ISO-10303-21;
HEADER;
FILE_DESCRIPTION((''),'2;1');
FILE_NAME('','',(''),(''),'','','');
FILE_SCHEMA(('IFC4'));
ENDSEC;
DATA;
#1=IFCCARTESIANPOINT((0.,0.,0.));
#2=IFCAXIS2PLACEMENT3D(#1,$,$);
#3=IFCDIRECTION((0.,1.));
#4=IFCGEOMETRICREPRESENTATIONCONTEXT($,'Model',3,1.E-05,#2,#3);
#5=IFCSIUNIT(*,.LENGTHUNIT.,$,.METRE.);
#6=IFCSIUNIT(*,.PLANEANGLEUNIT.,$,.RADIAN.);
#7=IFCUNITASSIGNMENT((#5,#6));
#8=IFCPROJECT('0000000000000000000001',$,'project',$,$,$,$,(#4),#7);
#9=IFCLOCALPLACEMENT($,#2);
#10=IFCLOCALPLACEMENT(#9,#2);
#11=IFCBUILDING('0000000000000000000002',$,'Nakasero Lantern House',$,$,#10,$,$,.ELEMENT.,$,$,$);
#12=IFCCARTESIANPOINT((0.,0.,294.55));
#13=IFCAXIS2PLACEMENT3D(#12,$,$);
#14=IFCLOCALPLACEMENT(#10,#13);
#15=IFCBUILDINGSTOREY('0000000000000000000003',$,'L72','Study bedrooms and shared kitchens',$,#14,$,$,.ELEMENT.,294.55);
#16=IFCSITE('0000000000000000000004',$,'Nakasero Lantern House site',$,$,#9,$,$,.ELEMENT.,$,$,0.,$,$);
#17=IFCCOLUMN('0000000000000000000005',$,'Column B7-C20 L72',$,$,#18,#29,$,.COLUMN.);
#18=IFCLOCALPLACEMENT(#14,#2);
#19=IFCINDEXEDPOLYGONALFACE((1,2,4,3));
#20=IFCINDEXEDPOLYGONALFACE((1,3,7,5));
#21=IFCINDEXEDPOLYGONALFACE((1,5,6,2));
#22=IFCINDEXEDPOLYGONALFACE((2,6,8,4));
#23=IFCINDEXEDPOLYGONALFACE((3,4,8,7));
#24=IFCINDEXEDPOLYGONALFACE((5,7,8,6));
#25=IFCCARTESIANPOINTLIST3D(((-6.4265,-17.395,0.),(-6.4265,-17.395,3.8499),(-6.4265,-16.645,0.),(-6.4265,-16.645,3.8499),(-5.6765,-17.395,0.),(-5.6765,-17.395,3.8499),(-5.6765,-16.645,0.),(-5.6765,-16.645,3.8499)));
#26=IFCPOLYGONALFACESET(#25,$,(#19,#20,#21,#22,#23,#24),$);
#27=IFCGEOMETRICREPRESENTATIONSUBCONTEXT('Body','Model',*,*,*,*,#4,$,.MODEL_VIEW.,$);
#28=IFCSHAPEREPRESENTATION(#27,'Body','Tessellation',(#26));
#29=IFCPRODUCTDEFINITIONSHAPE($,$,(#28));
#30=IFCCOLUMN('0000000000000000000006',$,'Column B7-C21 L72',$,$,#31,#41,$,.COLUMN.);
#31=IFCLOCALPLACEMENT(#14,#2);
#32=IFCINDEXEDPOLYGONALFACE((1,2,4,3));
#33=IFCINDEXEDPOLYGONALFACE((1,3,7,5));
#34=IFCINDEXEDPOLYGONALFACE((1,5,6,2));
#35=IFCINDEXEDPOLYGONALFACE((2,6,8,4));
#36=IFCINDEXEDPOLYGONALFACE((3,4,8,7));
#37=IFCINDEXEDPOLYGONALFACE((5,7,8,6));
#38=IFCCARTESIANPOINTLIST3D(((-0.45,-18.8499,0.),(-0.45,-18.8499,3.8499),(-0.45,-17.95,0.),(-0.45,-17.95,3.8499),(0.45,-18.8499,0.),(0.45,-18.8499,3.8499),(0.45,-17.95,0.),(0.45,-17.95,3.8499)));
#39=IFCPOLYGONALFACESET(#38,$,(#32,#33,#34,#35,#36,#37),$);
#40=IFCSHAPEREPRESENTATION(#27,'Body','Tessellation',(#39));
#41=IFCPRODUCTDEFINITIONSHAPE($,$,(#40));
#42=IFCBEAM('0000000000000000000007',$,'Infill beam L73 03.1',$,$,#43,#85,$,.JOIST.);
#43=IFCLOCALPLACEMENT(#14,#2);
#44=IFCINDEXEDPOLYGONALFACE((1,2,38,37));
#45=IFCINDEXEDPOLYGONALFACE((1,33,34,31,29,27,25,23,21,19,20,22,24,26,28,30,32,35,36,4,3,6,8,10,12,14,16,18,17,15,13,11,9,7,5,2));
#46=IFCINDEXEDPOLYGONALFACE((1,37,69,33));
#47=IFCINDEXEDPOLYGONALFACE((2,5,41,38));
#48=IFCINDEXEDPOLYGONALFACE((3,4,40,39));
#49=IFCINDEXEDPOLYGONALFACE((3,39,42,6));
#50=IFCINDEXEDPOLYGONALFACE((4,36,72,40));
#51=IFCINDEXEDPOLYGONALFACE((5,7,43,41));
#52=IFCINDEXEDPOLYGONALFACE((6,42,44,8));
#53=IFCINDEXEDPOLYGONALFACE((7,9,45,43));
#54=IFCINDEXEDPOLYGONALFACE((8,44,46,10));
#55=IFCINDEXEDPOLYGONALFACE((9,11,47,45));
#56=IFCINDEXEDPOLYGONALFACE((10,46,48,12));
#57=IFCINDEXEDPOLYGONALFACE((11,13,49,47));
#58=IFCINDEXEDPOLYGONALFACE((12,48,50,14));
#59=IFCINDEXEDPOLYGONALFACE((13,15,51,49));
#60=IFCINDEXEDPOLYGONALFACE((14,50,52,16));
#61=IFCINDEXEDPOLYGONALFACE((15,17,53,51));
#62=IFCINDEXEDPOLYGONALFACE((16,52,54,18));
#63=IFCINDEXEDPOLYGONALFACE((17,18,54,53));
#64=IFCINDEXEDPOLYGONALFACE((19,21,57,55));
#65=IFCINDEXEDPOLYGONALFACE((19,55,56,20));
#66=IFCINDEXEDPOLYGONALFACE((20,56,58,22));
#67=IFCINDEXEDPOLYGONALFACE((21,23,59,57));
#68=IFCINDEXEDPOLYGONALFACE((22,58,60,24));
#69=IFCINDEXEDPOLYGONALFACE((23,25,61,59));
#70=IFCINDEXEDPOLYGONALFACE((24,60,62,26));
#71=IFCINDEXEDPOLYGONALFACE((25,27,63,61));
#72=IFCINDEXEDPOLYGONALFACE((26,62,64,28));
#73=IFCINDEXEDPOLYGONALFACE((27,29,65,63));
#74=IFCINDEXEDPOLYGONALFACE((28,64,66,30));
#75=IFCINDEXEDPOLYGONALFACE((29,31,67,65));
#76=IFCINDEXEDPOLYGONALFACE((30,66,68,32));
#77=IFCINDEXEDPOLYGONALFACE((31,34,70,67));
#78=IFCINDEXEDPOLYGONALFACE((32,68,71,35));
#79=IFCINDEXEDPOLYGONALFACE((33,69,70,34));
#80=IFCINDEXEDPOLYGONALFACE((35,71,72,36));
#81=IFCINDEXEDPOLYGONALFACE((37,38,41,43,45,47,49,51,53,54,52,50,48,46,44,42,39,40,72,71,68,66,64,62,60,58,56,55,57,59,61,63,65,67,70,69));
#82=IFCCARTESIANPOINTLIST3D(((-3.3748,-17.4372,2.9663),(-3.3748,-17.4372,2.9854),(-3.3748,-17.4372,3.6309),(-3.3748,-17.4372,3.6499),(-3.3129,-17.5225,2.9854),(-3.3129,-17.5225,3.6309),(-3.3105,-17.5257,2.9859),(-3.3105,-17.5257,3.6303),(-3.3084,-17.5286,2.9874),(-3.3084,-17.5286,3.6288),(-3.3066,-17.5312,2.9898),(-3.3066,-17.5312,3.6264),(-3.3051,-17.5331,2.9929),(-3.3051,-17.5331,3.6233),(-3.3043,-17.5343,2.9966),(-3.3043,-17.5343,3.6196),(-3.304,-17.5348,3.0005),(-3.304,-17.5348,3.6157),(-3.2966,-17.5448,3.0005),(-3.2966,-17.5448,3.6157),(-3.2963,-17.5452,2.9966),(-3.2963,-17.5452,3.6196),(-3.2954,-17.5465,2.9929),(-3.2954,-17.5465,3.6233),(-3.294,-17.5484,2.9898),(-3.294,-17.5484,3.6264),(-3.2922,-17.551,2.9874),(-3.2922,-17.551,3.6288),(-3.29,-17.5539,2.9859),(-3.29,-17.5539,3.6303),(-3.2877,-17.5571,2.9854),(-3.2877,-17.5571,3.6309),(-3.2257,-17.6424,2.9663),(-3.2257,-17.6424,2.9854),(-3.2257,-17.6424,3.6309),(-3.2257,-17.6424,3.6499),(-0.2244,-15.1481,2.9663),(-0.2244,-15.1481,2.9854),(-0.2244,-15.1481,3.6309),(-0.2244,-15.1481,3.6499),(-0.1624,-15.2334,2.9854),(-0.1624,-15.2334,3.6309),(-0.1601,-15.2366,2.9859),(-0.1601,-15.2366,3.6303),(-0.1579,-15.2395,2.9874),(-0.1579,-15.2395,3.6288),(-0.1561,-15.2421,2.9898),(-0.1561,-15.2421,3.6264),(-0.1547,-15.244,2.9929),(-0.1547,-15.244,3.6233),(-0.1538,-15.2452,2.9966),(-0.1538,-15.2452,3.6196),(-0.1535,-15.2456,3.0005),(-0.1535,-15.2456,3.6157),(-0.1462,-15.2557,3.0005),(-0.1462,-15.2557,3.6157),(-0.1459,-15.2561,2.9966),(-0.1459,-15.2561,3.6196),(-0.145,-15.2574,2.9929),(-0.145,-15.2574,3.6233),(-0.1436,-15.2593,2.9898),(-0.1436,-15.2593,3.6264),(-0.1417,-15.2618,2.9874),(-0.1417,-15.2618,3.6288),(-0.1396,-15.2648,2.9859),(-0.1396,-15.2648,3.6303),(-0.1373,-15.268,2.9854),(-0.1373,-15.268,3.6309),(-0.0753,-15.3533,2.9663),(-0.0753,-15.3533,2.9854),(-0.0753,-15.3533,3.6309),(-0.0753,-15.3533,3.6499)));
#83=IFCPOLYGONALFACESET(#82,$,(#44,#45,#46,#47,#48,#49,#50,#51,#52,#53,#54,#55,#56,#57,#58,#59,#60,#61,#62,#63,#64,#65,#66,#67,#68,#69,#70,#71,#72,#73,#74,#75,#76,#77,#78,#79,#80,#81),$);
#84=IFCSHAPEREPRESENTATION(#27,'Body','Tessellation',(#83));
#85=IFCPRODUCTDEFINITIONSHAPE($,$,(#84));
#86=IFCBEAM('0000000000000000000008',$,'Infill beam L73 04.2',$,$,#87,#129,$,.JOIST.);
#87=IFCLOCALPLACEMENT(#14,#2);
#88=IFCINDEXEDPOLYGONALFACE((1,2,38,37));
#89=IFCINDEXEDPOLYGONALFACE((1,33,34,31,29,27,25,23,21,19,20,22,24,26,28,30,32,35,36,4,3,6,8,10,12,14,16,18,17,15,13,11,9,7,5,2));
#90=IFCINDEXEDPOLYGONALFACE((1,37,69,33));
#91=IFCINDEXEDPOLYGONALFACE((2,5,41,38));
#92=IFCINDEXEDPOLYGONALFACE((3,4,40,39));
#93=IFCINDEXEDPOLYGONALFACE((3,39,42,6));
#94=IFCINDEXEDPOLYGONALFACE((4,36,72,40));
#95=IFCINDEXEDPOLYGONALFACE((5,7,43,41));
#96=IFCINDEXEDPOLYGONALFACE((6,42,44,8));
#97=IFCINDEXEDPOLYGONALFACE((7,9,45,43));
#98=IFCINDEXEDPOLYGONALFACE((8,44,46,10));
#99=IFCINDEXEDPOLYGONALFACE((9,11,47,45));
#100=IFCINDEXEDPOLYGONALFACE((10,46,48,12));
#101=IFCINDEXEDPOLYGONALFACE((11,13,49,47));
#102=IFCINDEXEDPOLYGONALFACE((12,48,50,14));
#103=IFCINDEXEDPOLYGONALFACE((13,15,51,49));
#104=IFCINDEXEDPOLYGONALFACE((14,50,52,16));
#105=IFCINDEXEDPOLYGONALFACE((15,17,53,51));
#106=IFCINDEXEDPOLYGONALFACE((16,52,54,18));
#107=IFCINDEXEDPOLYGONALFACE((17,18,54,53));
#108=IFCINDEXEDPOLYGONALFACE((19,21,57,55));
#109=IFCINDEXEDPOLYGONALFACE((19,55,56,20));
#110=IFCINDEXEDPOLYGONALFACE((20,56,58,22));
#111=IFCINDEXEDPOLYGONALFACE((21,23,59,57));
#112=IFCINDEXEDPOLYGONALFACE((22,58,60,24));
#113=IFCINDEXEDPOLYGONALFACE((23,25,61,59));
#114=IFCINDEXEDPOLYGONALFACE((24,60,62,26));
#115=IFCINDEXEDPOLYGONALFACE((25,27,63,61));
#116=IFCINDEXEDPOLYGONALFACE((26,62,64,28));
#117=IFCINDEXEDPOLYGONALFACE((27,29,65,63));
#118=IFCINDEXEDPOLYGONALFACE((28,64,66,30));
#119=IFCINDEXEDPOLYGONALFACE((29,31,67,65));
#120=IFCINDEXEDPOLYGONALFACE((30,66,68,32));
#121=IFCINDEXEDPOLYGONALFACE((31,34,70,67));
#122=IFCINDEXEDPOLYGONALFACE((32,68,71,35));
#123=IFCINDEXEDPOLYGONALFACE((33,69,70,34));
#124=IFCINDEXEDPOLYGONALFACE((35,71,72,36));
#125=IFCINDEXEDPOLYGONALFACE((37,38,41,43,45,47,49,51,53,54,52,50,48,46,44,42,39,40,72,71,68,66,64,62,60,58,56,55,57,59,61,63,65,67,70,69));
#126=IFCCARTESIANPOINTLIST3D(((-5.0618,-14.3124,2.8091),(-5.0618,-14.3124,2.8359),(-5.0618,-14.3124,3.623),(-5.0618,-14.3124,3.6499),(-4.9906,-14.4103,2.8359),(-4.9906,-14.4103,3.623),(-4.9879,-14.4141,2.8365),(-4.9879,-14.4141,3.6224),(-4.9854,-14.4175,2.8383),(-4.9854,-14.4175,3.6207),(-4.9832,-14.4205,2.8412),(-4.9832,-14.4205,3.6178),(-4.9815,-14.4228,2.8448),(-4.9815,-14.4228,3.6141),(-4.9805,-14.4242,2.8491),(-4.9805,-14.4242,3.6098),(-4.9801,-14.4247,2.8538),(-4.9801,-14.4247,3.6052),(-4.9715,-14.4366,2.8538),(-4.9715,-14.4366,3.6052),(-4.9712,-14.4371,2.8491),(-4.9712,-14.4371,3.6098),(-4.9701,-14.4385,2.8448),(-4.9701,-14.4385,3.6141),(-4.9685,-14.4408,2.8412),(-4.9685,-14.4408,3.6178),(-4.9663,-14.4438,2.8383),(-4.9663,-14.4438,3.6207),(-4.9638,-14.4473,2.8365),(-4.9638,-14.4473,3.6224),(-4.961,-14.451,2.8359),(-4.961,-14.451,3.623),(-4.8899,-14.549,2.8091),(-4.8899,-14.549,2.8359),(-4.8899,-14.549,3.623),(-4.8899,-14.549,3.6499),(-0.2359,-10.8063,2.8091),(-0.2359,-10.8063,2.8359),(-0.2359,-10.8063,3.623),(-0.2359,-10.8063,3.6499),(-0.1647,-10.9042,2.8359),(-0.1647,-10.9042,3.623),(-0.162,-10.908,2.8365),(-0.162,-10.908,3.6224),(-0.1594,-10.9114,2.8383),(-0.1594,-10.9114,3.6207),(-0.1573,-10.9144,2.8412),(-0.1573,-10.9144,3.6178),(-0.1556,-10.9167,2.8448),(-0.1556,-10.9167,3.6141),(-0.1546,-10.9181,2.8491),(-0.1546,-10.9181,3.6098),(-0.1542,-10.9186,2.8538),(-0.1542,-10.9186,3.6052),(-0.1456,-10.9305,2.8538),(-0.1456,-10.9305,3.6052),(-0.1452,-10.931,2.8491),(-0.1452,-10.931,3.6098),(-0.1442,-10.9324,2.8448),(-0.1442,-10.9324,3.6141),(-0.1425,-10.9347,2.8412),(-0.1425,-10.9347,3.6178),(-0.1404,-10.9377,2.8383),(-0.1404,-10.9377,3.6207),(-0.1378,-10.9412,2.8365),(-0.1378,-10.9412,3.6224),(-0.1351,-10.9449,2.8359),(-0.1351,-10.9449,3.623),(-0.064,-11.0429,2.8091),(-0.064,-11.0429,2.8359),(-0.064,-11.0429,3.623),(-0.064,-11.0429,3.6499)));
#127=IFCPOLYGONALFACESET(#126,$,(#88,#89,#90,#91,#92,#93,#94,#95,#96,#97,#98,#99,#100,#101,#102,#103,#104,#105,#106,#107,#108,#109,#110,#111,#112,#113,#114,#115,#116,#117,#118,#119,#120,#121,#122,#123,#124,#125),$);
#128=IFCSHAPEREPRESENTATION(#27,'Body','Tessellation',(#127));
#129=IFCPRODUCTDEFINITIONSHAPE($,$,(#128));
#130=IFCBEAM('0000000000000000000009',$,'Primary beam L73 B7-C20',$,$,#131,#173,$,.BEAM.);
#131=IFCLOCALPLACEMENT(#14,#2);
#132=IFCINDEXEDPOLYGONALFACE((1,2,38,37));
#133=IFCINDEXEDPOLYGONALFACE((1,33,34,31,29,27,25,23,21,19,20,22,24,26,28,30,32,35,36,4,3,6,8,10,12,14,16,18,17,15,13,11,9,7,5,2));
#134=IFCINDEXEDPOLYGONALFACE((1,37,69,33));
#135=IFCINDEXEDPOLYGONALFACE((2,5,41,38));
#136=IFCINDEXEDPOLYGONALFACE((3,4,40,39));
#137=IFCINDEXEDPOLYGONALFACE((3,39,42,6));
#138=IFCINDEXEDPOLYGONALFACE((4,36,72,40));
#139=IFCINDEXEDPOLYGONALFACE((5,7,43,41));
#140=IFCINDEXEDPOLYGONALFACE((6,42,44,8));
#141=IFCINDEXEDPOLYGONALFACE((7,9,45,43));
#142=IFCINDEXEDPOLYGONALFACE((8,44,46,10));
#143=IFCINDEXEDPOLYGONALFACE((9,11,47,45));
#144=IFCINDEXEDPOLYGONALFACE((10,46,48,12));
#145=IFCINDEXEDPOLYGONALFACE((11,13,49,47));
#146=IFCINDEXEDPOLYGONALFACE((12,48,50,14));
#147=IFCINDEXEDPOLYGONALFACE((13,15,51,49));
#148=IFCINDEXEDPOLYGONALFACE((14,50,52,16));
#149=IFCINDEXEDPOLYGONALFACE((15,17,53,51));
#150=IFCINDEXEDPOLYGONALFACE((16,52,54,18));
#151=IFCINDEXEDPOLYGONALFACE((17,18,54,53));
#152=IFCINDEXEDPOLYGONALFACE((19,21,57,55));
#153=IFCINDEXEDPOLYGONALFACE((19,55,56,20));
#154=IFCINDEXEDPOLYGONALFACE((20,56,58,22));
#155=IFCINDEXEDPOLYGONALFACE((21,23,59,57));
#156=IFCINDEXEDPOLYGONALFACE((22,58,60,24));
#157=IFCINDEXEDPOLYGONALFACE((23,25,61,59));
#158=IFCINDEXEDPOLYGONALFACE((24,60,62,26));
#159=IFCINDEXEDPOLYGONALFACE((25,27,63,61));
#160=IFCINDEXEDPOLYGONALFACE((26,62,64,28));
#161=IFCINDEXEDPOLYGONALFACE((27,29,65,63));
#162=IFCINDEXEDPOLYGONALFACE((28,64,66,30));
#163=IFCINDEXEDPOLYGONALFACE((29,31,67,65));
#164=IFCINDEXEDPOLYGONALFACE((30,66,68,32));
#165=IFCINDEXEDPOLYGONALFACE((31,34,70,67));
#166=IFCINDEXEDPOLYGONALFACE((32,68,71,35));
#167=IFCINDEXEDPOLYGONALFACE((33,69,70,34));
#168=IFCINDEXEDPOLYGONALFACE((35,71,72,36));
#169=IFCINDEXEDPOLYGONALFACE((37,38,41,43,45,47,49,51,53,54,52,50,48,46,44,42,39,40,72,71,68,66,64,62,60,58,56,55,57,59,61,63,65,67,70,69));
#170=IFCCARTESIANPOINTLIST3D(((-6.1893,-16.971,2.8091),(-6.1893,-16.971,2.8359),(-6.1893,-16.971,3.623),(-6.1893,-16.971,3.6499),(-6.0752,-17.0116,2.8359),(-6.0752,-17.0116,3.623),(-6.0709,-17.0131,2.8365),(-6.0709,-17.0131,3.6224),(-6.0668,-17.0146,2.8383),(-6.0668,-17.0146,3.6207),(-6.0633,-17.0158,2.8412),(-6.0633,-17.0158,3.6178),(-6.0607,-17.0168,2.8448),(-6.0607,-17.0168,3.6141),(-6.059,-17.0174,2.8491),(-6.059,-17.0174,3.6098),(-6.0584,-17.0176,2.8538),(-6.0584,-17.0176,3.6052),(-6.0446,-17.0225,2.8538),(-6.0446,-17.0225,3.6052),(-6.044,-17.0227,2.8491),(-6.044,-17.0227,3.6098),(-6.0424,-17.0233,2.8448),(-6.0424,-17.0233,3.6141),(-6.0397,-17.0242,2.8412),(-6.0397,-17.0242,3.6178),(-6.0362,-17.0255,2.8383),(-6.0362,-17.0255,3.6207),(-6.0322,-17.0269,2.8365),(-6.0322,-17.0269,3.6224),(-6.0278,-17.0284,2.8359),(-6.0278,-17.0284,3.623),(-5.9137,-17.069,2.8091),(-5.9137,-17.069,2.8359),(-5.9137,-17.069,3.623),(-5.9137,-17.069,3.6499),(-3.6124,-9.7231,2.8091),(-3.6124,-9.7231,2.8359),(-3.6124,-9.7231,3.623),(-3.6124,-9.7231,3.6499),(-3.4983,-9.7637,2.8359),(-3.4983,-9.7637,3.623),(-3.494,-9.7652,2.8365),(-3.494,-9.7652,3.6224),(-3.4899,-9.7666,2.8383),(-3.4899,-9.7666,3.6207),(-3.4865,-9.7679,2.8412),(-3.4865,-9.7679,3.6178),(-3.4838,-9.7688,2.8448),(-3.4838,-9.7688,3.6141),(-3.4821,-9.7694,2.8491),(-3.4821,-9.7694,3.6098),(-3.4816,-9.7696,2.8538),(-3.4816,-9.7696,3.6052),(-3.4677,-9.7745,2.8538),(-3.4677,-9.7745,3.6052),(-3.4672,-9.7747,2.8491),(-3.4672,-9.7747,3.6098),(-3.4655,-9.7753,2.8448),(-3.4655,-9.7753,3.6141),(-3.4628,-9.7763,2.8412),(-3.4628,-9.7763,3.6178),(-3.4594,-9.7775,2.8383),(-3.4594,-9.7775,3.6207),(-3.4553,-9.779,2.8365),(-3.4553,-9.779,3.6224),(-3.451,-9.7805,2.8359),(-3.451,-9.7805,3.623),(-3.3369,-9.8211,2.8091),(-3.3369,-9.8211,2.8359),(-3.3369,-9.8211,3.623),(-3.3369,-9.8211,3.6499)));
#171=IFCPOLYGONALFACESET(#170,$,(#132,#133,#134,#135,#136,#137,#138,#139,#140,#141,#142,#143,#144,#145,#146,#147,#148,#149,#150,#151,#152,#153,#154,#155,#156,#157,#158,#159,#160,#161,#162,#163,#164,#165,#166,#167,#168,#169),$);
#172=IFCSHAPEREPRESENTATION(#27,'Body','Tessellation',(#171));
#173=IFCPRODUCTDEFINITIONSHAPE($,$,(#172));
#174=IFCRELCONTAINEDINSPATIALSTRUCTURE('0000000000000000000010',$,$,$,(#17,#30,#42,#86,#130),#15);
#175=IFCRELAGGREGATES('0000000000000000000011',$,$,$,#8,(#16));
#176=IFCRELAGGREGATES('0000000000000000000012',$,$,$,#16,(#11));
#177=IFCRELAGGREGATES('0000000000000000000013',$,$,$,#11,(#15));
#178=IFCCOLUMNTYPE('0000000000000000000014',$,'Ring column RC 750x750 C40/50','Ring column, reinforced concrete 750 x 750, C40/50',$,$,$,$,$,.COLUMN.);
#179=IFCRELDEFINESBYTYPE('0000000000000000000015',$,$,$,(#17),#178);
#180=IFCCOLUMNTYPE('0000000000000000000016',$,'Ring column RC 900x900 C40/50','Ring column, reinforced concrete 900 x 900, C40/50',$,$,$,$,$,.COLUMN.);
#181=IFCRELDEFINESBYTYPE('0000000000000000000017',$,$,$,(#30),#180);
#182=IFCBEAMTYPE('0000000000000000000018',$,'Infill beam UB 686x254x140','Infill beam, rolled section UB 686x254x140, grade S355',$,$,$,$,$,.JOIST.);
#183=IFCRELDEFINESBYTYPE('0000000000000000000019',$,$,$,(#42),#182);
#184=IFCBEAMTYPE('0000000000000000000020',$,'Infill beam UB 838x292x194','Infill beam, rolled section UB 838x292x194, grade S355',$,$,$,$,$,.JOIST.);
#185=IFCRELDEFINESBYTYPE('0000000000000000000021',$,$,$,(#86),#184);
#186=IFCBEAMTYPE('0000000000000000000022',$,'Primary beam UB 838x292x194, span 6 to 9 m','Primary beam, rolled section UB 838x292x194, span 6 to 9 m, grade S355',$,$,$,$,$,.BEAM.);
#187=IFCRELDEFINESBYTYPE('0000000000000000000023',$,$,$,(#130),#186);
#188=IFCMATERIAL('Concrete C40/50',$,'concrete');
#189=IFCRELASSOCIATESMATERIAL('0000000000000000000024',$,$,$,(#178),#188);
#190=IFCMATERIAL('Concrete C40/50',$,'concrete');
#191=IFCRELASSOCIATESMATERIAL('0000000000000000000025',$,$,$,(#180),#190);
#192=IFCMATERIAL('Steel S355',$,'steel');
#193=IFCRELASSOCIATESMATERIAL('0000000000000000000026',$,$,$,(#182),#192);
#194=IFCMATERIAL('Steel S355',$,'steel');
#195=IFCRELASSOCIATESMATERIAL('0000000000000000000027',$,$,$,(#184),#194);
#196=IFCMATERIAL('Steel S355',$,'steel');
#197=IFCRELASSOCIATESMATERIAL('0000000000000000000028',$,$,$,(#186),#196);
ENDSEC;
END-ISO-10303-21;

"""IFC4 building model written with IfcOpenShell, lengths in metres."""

from ifc_helpers import new_model, si_unit, direction, frame, origin, origin_2d, place, context, subcontext, project, spatial, rectangle, i_section, extrude, material, material_profile, profile_set, type_object, element, save


model = new_model("IFC4")

# Units and contexts
model_context = context("Model", 3, precision=1e-05, world=origin(), true_north=direction((0.0, 1.0)))
body_context = subcontext(model_context, "Body", "Model", "MODEL_VIEW")
ifc_project = project(units=[si_unit("LENGTHUNIT", "METRE"), si_unit("PLANEANGLEUNIT", "RADIAN")], contexts=[model_context])

# Site, building, storey
site_placement = place(None, origin())
site = spatial("IfcSite", under=ifc_project, at=site_placement, Name="Nakasero Lantern House site", CompositionType="ELEMENT", RefElevation=0.0)
building_placement = place(site_placement, origin())
building = spatial("IfcBuilding", under=site, at=building_placement, Name="Nakasero Lantern House", CompositionType="ELEMENT")
storey_placement = place(building_placement, frame((0.0, 0.0, 294.55)))
storey = spatial("IfcBuildingStorey", under=building, at=storey_placement, Name="L72", Description="Study bedrooms and shared kitchens", CompositionType="ELEMENT", Elevation=294.55)

# Columns
ifc_material_1 = material(Name="Concrete C40/50", Category="concrete")
ifc_material_profile_1 = material_profile(ifc_material_1, rectangle(XDim=0.75, YDim=0.75, at=origin_2d()), Name="RC 750x750")
ifc_profile_set_1 = profile_set([ifc_material_profile_1], Name="Concrete C40/50")
column_type_1 = type_object("IfcColumnType", Name="Ring column RC 750x750 C40/50", Description="Ring column, reinforced concrete 750 x 750, C40/50", PredefinedType="COLUMN", material=ifc_profile_set_1)
column_1_placement = place(storey_placement, frame((-6.0515, -17.02, 0.0), z_axis=(0.0, 0.0, 1.0), x_axis=(1.0, 0.0, 0.0)))
element("IfcColumn", 1, at=column_1_placement, inside=storey, type_object=column_type_1, Name="Column B7-C20 L72", PredefinedType="COLUMN", context=body_context, shape_type="SweptSolid", body=[
    extrude(rectangle(XDim=0.75, YDim=0.75, at=origin_2d()), origin(), (0.0, 0.0, 1.0), 3.8499),
])
ifc_material_2 = material(Name="Concrete C40/50", Category="concrete")
ifc_material_profile_2 = material_profile(ifc_material_2, rectangle(XDim=0.8999, YDim=0.8999, at=origin_2d()), Name="RC 900x900")
ifc_profile_set_2 = profile_set([ifc_material_profile_2], Name="Concrete C40/50")
column_type_2 = type_object("IfcColumnType", Name="Ring column RC 900x900 C40/50", Description="Ring column, reinforced concrete 900 x 900, C40/50", PredefinedType="COLUMN", material=ifc_profile_set_2)
column_2_placement = place(storey_placement, frame((0.0, -18.3999, 0.0), z_axis=(0.0, 0.0, 1.0), x_axis=(1.0, 0.0, 0.0)))
element("IfcColumn", 2, at=column_2_placement, inside=storey, type_object=column_type_2, Name="Column B7-C21 L72", PredefinedType="COLUMN", context=body_context, shape_type="SweptSolid", body=[
    extrude(rectangle(XDim=0.8999, YDim=0.8999, at=origin_2d()), origin(), (0.0, 0.0, 1.0), 3.8499),
])

# Beams
ifc_material_3 = material(Name="Steel S355", Category="steel")
ifc_material_profile_3 = material_profile(ifc_material_3, i_section(OverallWidth=0.2537, OverallDepth=0.6836, WebThickness=0.0125, FlangeThickness=0.019, FilletRadius=0.0151, at=origin_2d()), Name="UB 686x254x140")
ifc_profile_set_3 = profile_set([ifc_material_profile_3], Name="Steel S355")
beam_type_1 = type_object("IfcBeamType", Name="Infill beam UB 686x254x140", Description="Infill beam, rolled section UB 686x254x140, grade S355", PredefinedType="JOIST", material=ifc_profile_set_3)
beam_1_placement = place(storey_placement, frame((-3.3003, -17.5398, 3.3081), z_axis=(0.808996, 0.587814, 0.0), x_axis=(-0.587814, 0.808996, 0.0)))
element("IfcBeam", 3, at=beam_1_placement, inside=storey, type_object=beam_type_1, Name="Infill beam L73 03.1", PredefinedType="JOIST", context=body_context, shape_type="SweptSolid", body=[
    extrude(i_section(OverallWidth=0.2537, OverallDepth=0.6836, WebThickness=0.0125, FlangeThickness=0.019, FilletRadius=0.0151, at=origin_2d()), origin(), (0.0, 0.0, 1.0), 3.8943),
])
ifc_material_4 = material(Name="Steel S355", Category="steel")
ifc_material_profile_4 = material_profile(ifc_material_4, i_section(OverallWidth=0.2925, OverallDepth=0.8408, WebThickness=0.0146, FlangeThickness=0.0269, FilletRadius=0.0178, at=origin_2d()), Name="UB 838x292x194")
ifc_profile_set_4 = profile_set([ifc_material_profile_4], Name="Steel S355")
beam_type_2 = type_object("IfcBeamType", Name="Infill beam UB 838x292x194", Description="Infill beam, rolled section UB 838x292x194, grade S355", PredefinedType="JOIST", material=ifc_profile_set_4)
beam_2_placement = place(storey_placement, frame((-4.9758, -14.4307, 3.2295), z_axis=(0.809028, 0.58777, 0.0), x_axis=(-0.58777, 0.809028, 0.0)))
element("IfcBeam", 4, at=beam_2_placement, inside=storey, type_object=beam_type_2, Name="Infill beam L73 04.2", PredefinedType="JOIST", context=body_context, shape_type="SweptSolid", body=[
    extrude(i_section(OverallWidth=0.2925, OverallDepth=0.8408, WebThickness=0.0146, FlangeThickness=0.0269, FilletRadius=0.0178, at=origin_2d()), origin(), (0.0, 0.0, 1.0), 5.9651),
])
ifc_material_5 = material(Name="Steel S355", Category="steel")
ifc_material_profile_5 = material_profile(ifc_material_5, i_section(OverallWidth=0.2925, OverallDepth=0.8408, WebThickness=0.0146, FlangeThickness=0.0269, FilletRadius=0.0178, at=origin_2d()), Name="UB 838x292x194")
ifc_profile_set_5 = profile_set([ifc_material_profile_5], Name="Steel S355")
beam_type_3 = type_object("IfcBeamType", Name="Primary beam UB 838x292x194, span 6 to 9 m", Description="Primary beam, rolled section UB 838x292x194, span 6 to 9 m, grade S355", PredefinedType="BEAM", material=ifc_profile_set_5)
beam_3_placement = place(storey_placement, frame((-6.0515, -17.02, 3.2295), z_axis=(0.334989, 0.942222, 0.0), x_axis=(-0.942222, 0.334989, 0.0)))
element("IfcBeam", 5, at=beam_3_placement, inside=storey, type_object=beam_type_3, Name="Primary beam L73 B7-C20", PredefinedType="BEAM", context=body_context, shape_type="SweptSolid", body=[
    extrude(i_section(OverallWidth=0.2925, OverallDepth=0.8408, WebThickness=0.0146, FlangeThickness=0.0269, FilletRadius=0.0178, at=origin_2d()), origin(), (0.0, 0.0, 1.0), 7.6924),
])

save(model, "model.ifc")
